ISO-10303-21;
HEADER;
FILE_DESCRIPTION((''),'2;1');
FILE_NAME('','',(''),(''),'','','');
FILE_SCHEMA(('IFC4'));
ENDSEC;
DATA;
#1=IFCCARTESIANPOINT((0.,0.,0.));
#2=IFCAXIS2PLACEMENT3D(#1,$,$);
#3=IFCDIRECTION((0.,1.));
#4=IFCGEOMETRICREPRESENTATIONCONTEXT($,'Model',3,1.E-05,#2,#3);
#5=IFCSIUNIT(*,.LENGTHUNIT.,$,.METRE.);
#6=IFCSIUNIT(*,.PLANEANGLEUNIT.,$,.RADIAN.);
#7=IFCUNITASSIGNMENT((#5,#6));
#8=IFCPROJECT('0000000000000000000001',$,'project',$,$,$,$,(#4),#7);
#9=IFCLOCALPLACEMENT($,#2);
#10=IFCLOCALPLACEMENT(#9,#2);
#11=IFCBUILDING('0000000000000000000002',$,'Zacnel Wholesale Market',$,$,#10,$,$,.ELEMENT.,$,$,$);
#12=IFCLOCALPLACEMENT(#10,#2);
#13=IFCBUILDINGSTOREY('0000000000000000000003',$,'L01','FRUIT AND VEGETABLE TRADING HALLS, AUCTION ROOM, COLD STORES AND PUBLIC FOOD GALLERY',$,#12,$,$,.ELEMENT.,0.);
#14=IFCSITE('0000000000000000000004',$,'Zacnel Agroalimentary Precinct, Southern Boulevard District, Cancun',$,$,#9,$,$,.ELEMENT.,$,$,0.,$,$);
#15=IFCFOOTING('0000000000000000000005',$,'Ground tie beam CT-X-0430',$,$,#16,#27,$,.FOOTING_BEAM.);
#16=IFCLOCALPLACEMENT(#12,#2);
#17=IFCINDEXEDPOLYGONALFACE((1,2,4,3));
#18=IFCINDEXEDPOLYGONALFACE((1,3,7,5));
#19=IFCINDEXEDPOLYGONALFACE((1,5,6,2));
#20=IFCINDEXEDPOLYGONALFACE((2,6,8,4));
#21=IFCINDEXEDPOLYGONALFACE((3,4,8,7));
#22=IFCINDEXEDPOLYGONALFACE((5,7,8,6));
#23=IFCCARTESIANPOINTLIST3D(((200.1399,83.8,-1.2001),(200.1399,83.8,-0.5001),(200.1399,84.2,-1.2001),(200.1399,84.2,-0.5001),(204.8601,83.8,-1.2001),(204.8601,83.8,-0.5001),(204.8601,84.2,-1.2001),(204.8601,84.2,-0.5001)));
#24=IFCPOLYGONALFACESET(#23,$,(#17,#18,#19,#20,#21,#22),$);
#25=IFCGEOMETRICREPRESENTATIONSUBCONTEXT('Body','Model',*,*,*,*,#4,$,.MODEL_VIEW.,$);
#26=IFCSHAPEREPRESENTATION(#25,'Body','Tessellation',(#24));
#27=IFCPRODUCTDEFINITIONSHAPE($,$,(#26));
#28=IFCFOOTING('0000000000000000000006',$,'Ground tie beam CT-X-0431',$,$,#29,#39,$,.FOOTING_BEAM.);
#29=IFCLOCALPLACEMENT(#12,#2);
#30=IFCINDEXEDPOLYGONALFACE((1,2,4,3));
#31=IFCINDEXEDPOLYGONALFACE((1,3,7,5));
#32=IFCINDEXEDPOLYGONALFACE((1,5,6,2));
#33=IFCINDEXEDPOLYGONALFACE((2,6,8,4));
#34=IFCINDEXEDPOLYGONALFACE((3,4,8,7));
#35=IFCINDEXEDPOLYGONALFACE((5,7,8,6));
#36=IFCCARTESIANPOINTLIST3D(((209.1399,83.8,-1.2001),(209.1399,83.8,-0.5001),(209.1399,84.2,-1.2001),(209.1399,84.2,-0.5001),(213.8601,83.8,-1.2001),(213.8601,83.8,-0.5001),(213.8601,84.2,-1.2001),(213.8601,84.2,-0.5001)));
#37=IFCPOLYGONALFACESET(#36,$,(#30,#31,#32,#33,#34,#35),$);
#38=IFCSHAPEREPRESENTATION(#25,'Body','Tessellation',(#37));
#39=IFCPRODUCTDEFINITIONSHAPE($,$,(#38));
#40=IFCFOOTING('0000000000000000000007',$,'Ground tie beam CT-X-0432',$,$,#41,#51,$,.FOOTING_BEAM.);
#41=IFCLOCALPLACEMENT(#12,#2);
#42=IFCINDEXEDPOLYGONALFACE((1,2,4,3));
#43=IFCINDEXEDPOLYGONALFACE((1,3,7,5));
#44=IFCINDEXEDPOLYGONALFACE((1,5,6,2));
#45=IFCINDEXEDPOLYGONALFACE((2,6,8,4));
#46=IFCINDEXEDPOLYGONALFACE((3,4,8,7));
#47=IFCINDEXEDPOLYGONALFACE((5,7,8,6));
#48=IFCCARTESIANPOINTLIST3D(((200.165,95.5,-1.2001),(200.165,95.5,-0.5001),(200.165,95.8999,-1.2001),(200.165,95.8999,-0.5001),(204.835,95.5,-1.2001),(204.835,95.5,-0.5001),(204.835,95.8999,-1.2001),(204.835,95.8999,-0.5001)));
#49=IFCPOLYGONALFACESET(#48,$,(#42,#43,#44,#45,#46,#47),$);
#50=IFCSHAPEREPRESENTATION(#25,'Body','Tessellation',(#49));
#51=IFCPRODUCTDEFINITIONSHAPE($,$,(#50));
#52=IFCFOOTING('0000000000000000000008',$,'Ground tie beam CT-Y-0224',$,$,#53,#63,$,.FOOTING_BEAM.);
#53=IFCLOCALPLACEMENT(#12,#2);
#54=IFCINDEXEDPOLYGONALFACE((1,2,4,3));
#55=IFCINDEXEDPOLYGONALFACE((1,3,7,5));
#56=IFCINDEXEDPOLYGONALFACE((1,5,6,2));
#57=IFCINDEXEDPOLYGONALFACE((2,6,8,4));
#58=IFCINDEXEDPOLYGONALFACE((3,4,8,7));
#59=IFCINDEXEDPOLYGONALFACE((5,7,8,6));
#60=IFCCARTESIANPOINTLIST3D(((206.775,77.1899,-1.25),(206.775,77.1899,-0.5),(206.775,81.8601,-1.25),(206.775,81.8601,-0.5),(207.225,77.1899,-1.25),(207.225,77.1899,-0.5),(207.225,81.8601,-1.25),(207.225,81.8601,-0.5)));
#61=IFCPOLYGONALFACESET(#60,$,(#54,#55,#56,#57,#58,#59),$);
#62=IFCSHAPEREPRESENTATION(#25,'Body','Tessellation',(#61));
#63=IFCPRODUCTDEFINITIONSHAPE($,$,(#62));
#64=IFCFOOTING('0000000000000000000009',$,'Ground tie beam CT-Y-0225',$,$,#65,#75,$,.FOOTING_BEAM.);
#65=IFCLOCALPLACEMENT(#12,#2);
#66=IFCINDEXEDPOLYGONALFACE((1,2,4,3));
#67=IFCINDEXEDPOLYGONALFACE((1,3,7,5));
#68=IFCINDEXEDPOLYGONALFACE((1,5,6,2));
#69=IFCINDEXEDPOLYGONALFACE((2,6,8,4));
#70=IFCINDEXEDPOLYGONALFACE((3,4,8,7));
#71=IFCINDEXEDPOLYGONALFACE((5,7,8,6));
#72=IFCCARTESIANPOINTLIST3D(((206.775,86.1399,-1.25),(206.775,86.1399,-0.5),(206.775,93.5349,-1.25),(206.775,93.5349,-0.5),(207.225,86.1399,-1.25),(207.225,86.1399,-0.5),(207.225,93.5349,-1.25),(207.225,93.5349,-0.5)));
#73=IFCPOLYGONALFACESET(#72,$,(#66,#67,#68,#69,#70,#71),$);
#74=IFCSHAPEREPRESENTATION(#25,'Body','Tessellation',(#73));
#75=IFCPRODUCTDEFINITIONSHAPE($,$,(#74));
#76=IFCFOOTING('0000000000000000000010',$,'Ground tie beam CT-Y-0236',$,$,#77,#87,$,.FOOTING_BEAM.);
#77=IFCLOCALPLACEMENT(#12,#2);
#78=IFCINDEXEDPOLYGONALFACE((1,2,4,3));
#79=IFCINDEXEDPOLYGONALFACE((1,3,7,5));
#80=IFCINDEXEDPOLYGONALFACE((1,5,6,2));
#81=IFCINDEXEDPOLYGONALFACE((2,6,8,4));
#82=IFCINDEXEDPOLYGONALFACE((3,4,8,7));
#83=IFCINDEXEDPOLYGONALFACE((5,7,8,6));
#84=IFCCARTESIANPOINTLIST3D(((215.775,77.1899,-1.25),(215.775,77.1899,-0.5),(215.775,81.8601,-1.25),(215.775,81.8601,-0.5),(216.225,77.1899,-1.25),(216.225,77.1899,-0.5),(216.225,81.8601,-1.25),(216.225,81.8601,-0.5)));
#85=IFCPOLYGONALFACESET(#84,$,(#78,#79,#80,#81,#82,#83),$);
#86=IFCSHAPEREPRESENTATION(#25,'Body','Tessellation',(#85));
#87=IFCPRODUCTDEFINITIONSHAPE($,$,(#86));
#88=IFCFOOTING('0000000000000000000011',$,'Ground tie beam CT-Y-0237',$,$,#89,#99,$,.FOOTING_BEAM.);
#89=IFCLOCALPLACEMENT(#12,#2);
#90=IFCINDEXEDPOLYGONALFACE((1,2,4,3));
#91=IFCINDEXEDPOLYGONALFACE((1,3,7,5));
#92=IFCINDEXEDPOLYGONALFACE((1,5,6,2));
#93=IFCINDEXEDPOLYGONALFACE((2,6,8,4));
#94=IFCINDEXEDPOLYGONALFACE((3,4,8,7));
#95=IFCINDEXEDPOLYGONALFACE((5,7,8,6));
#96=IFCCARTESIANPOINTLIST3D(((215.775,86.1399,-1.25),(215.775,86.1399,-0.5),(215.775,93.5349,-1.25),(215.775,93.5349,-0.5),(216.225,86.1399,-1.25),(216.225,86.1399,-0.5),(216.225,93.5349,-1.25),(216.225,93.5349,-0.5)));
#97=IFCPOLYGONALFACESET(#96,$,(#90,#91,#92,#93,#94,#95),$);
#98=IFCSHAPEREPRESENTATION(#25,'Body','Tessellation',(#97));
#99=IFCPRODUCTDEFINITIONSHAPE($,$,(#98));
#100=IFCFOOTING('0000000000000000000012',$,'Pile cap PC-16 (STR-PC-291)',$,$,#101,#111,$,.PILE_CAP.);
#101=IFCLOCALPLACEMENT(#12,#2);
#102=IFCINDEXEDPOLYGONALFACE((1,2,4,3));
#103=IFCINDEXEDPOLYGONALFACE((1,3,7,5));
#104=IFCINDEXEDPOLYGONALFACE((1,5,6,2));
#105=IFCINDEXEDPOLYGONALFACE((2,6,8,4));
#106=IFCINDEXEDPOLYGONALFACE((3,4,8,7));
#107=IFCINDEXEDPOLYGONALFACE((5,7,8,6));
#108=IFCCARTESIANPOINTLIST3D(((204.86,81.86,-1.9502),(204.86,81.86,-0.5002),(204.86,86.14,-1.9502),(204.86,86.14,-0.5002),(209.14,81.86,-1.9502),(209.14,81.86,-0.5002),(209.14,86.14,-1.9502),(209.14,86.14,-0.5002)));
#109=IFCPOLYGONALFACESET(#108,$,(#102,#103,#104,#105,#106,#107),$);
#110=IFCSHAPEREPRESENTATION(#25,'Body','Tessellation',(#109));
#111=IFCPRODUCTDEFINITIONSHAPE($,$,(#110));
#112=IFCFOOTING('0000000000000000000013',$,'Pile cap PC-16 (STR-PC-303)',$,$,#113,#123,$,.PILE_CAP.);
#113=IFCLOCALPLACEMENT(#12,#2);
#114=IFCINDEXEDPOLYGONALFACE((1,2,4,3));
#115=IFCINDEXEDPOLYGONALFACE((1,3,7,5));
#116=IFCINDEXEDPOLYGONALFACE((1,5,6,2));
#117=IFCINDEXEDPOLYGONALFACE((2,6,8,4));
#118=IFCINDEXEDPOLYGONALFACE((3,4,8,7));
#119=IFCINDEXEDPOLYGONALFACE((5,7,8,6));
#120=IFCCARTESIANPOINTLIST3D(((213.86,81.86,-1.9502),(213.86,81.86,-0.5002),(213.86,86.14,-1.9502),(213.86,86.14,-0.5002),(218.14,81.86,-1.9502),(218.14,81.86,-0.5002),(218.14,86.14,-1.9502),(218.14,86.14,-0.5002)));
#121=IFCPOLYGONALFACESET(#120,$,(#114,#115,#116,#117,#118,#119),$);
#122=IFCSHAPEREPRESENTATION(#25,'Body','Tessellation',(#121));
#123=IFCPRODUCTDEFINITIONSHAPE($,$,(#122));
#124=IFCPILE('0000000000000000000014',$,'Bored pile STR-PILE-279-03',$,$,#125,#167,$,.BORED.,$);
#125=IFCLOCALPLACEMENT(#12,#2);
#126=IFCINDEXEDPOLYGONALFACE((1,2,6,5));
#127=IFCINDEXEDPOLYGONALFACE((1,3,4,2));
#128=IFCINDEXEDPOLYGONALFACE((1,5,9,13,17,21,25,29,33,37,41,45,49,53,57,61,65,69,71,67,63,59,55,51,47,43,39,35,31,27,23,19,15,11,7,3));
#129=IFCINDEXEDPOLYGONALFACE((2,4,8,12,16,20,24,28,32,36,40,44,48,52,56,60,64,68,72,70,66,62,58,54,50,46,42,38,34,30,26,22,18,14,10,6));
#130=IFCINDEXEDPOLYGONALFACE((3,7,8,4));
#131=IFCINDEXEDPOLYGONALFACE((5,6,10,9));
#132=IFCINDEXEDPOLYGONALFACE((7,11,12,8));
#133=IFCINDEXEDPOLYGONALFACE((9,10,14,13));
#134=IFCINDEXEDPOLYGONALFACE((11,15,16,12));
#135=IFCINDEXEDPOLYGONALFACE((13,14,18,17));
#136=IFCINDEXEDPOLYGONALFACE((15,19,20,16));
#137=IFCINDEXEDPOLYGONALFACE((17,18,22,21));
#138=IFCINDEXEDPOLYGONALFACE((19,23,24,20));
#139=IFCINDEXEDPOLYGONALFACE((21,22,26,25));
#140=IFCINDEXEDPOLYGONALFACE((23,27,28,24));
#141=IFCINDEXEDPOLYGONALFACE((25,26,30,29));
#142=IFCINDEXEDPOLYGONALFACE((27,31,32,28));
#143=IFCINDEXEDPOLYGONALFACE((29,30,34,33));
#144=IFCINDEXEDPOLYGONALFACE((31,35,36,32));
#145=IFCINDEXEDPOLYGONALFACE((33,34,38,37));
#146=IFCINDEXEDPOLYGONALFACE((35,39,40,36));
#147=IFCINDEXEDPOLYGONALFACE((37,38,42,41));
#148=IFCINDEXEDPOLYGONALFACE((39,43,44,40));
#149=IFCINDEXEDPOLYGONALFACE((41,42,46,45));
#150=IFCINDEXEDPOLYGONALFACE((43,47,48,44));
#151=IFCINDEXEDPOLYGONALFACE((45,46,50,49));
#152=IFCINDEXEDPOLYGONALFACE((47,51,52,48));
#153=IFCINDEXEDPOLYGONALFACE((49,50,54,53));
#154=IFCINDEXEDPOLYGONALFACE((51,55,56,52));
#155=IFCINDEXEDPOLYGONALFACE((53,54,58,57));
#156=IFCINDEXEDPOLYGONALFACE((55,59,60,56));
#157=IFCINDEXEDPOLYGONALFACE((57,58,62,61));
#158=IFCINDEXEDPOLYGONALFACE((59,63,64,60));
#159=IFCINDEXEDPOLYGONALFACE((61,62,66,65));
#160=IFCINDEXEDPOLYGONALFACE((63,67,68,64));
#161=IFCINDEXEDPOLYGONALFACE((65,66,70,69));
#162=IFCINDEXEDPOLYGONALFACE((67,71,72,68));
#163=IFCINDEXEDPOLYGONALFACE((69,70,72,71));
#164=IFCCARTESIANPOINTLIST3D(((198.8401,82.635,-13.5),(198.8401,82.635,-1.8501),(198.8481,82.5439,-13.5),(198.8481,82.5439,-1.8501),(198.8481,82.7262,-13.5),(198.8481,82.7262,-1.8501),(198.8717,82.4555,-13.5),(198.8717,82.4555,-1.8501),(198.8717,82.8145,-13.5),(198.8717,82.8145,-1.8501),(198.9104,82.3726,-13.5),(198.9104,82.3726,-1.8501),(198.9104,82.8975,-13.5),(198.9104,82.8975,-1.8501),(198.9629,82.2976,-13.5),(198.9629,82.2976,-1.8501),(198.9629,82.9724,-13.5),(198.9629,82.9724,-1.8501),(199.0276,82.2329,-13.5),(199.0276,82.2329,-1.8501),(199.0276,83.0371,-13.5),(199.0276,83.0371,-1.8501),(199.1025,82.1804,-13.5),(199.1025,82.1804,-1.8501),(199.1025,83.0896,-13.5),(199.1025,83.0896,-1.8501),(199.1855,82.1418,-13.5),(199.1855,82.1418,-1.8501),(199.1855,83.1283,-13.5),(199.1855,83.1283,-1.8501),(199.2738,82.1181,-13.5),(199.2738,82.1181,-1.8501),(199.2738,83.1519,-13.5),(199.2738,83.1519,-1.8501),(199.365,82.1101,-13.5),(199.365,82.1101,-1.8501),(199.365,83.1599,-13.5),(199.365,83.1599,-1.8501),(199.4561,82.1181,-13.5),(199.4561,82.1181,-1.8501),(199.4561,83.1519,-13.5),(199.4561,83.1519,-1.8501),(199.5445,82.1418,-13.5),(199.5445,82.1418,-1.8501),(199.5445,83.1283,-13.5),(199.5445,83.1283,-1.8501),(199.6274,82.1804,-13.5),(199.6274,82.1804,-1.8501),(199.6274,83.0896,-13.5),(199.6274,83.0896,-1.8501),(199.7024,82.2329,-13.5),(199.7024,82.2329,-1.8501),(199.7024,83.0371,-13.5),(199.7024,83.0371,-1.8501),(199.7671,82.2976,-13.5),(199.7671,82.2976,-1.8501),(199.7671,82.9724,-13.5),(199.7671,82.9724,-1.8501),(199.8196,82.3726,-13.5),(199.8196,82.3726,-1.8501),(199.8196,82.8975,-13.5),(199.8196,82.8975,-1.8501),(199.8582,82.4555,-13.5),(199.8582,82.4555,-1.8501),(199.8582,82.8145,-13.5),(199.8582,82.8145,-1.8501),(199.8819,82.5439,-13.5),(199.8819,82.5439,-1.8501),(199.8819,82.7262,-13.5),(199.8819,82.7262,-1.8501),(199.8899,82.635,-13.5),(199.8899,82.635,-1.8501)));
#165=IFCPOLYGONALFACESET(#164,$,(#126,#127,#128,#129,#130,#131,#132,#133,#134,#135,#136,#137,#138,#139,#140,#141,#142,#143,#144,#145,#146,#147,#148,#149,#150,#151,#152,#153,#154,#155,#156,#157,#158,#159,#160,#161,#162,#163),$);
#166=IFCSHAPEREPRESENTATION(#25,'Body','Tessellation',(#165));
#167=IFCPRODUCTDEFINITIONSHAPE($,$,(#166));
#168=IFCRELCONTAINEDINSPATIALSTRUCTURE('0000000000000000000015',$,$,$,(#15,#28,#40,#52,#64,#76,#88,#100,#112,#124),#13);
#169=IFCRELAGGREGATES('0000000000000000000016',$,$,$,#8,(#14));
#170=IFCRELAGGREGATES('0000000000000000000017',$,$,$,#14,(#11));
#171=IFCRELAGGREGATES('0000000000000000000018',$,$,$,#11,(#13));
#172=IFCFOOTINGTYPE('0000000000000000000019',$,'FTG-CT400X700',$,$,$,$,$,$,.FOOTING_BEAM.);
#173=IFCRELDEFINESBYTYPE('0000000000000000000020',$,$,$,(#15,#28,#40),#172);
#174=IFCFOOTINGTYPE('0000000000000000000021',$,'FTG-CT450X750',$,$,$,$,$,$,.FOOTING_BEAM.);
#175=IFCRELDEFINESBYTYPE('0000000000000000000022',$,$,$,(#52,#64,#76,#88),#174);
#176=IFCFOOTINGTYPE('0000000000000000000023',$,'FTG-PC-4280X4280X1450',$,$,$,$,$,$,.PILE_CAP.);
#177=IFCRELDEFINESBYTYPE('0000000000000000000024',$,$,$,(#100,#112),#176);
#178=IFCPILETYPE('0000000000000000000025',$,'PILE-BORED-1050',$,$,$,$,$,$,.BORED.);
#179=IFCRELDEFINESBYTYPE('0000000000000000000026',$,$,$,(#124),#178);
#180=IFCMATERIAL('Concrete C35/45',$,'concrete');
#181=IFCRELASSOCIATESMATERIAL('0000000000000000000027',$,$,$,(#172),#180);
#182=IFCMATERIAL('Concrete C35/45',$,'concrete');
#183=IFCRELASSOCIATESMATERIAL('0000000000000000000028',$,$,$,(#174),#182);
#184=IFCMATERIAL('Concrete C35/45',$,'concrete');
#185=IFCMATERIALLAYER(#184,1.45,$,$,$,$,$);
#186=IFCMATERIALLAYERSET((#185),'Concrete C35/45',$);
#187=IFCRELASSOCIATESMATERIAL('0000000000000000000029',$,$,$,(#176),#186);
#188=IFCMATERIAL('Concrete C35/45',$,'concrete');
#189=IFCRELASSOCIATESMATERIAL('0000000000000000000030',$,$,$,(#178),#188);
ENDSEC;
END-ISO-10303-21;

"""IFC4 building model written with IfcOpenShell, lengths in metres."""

from ifc_helpers import new_model, si_unit, direction, frame, origin, origin_2d, place, context, subcontext, project, spatial, rectangle, circle, extrude, material, layer, layer_set, material_profile, profile_set, type_object, element, save


model = new_model("IFC4")

# Units and contexts
model_context = context("Model", 3, precision=1e-05, world=origin(), true_north=direction((0.0, 1.0)))
body_context = subcontext(model_context, "Body", "Model", "MODEL_VIEW")
ifc_project = project(units=[si_unit("LENGTHUNIT", "METRE"), si_unit("PLANEANGLEUNIT", "RADIAN")], contexts=[model_context])

# Site, building, storey
site_placement = place(None, origin())
site = spatial("IfcSite", under=ifc_project, at=site_placement, Name="Zacnel Agroalimentary Precinct, Southern Boulevard District, Cancun", CompositionType="ELEMENT", RefElevation=0.0)
building_placement = place(site_placement, origin())
building = spatial("IfcBuilding", under=site, at=building_placement, Name="Zacnel Wholesale Market", CompositionType="ELEMENT")
storey_placement = place(building_placement, origin())
storey = spatial("IfcBuildingStorey", under=building, at=storey_placement, Name="L01", Description="FRUIT AND VEGETABLE TRADING HALLS, AUCTION ROOM, COLD STORES AND PUBLIC FOOD GALLERY", CompositionType="ELEMENT", Elevation=0.0)

# Footings
ifc_material_1 = material(Name="Concrete C35/45", Category="concrete")
ifc_material_profile_1 = material_profile(ifc_material_1, rectangle(XDim=0.3999, YDim=0.7, at=origin_2d()), Name="CT 400x700")
ifc_profile_set_1 = profile_set([ifc_material_profile_1], Name="Concrete C35/45")
footing_type_1 = type_object("IfcFootingType", Name="FTG-CT400X700", PredefinedType="FOOTING_BEAM", material=ifc_profile_set_1)
for number, where, z_axis, x_axis, name in (
    (1, (200.1399, 84.0, -0.8501), (1.0, 0.0, 0.0), (0.0, 1.0, 0.0), "Ground tie beam CT-X-0430"),
    (2, (209.1399, 84.0, -0.8501), (1.0, 0.0, 0.0), (0.0, 1.0, 0.0), "Ground tie beam CT-X-0431"),
):
    element("IfcFooting", number, at=place(storey_placement, frame(where, z_axis=z_axis, x_axis=x_axis)), inside=storey, type_object=footing_type_1, Name=name, PredefinedType="FOOTING_BEAM", context=body_context, shape_type="SweptSolid", body=[
        extrude(rectangle(XDim=0.3999, YDim=0.7, at=origin_2d()), origin(), (0.0, 0.0, 1.0), 4.7202),
    ])
footing_1_placement = place(storey_placement, frame((200.165, 95.7, -0.8501), z_axis=(1.0, 0.0, 0.0), x_axis=(0.0, 1.0, 0.0)))
element("IfcFooting", 3, at=footing_1_placement, inside=storey, type_object=footing_type_1, Name="Ground tie beam CT-X-0432", PredefinedType="FOOTING_BEAM", context=body_context, shape_type="SweptSolid", body=[
    extrude(rectangle(XDim=0.3999, YDim=0.7, at=origin_2d()), origin(), (0.0, 0.0, 1.0), 4.6699),
])
ifc_material_2 = material(Name="Concrete C35/45", Category="concrete")
ifc_material_profile_2 = material_profile(ifc_material_2, rectangle(XDim=0.45, YDim=0.75, at=origin_2d()), Name="CT 450x750")
ifc_profile_set_2 = profile_set([ifc_material_profile_2], Name="Concrete C35/45")
footing_type_2 = type_object("IfcFootingType", Name="FTG-CT450X750", PredefinedType="FOOTING_BEAM", material=ifc_profile_set_2)
footing_2_placement = place(storey_placement, frame((207.0, 77.1899, -0.875), z_axis=(0.0, 1.0, 0.0), x_axis=(-1.0, 0.0, 0.0)))
element("IfcFooting", 4, at=footing_2_placement, inside=storey, type_object=footing_type_2, Name="Ground tie beam CT-Y-0224", PredefinedType="FOOTING_BEAM", context=body_context, shape_type="SweptSolid", body=[
    extrude(rectangle(XDim=0.45, YDim=0.75, at=origin_2d()), origin(), (0.0, 0.0, 1.0), 4.6702),
])
footing_3_placement = place(storey_placement, frame((207.0, 86.1399, -0.875), z_axis=(0.0, 1.0, 0.0), x_axis=(-1.0, 0.0, 0.0)))
element("IfcFooting", 5, at=footing_3_placement, inside=storey, type_object=footing_type_2, Name="Ground tie beam CT-Y-0225", PredefinedType="FOOTING_BEAM", context=body_context, shape_type="SweptSolid", body=[
    extrude(rectangle(XDim=0.45, YDim=0.75, at=origin_2d()), origin(), (0.0, 0.0, 1.0), 7.395),
])
footing_4_placement = place(storey_placement, frame((216.0, 77.1899, -0.875), z_axis=(0.0, 1.0, 0.0), x_axis=(-1.0, 0.0, 0.0)))
element("IfcFooting", 6, at=footing_4_placement, inside=storey, type_object=footing_type_2, Name="Ground tie beam CT-Y-0236", PredefinedType="FOOTING_BEAM", context=body_context, shape_type="SweptSolid", body=[
    extrude(rectangle(XDim=0.45, YDim=0.75, at=origin_2d()), origin(), (0.0, 0.0, 1.0), 4.6702),
])
footing_5_placement = place(storey_placement, frame((216.0, 86.1399, -0.875), z_axis=(0.0, 1.0, 0.0), x_axis=(-1.0, 0.0, 0.0)))
element("IfcFooting", 7, at=footing_5_placement, inside=storey, type_object=footing_type_2, Name="Ground tie beam CT-Y-0237", PredefinedType="FOOTING_BEAM", context=body_context, shape_type="SweptSolid", body=[
    extrude(rectangle(XDim=0.45, YDim=0.75, at=origin_2d()), origin(), (0.0, 0.0, 1.0), 7.395),
])
ifc_material_3 = material(Name="Concrete C35/45", Category="concrete")
ifc_layer_1 = layer(ifc_material_3, 1.45)
ifc_layer_set_1 = layer_set([ifc_layer_1], Name="Concrete C35/45")
footing_type_3 = type_object("IfcFootingType", Name="FTG-PC-4280X4280X1450", PredefinedType="PILE_CAP", material=ifc_layer_set_1)
for number, where, z_axis, x_axis, name in (
    (8, (207.0, 84.0, -1.9502), (0.0, 0.0, 1.0), (1.0, 0.0, 0.0), "Pile cap PC-16 (STR-PC-291)"),
    (9, (216.0, 84.0, -1.9502), (0.0, 0.0, 1.0), (1.0, 0.0, 0.0), "Pile cap PC-16 (STR-PC-303)"),
):
    element("IfcFooting", number, at=place(storey_placement, frame(where, z_axis=z_axis, x_axis=x_axis)), inside=storey, type_object=footing_type_3, Name=name, PredefinedType="PILE_CAP", context=body_context, shape_type="SweptSolid", body=[
        extrude(rectangle(XDim=4.28, YDim=4.28, at=origin_2d()), origin(), (0.0, 0.0, 1.0), 1.45),
    ])

# Pile
ifc_material_4 = material(Name="Concrete C35/45", Category="concrete")
ifc_material_profile_3 = material_profile(ifc_material_4, circle(Radius=0.5249, at=origin_2d()), Name="BORED PILE D1050")
ifc_profile_set_3 = profile_set([ifc_material_profile_3], Name="Concrete C35/45")
pile_type = type_object("IfcPileType", Name="PILE-BORED-1050", PredefinedType="BORED", material=ifc_profile_set_3)
for number, where, z_axis, x_axis, name in (
    (10, (199.365, 82.635, -1.8501), (0.0, 0.0, -1.0), (1.0, 0.0, 0.0), "Bored pile STR-PILE-279-03"),
):
    element("IfcPile", number, at=place(storey_placement, frame(where, z_axis=z_axis, x_axis=x_axis)), inside=storey, type_object=pile_type, Name=name, PredefinedType="BORED", context=body_context, shape_type="SweptSolid", body=[
        extrude(circle(Radius=0.5249, at=origin_2d()), origin(), (0.0, 0.0, 1.0), 11.6499),
    ])

save(model, "model.ifc")
